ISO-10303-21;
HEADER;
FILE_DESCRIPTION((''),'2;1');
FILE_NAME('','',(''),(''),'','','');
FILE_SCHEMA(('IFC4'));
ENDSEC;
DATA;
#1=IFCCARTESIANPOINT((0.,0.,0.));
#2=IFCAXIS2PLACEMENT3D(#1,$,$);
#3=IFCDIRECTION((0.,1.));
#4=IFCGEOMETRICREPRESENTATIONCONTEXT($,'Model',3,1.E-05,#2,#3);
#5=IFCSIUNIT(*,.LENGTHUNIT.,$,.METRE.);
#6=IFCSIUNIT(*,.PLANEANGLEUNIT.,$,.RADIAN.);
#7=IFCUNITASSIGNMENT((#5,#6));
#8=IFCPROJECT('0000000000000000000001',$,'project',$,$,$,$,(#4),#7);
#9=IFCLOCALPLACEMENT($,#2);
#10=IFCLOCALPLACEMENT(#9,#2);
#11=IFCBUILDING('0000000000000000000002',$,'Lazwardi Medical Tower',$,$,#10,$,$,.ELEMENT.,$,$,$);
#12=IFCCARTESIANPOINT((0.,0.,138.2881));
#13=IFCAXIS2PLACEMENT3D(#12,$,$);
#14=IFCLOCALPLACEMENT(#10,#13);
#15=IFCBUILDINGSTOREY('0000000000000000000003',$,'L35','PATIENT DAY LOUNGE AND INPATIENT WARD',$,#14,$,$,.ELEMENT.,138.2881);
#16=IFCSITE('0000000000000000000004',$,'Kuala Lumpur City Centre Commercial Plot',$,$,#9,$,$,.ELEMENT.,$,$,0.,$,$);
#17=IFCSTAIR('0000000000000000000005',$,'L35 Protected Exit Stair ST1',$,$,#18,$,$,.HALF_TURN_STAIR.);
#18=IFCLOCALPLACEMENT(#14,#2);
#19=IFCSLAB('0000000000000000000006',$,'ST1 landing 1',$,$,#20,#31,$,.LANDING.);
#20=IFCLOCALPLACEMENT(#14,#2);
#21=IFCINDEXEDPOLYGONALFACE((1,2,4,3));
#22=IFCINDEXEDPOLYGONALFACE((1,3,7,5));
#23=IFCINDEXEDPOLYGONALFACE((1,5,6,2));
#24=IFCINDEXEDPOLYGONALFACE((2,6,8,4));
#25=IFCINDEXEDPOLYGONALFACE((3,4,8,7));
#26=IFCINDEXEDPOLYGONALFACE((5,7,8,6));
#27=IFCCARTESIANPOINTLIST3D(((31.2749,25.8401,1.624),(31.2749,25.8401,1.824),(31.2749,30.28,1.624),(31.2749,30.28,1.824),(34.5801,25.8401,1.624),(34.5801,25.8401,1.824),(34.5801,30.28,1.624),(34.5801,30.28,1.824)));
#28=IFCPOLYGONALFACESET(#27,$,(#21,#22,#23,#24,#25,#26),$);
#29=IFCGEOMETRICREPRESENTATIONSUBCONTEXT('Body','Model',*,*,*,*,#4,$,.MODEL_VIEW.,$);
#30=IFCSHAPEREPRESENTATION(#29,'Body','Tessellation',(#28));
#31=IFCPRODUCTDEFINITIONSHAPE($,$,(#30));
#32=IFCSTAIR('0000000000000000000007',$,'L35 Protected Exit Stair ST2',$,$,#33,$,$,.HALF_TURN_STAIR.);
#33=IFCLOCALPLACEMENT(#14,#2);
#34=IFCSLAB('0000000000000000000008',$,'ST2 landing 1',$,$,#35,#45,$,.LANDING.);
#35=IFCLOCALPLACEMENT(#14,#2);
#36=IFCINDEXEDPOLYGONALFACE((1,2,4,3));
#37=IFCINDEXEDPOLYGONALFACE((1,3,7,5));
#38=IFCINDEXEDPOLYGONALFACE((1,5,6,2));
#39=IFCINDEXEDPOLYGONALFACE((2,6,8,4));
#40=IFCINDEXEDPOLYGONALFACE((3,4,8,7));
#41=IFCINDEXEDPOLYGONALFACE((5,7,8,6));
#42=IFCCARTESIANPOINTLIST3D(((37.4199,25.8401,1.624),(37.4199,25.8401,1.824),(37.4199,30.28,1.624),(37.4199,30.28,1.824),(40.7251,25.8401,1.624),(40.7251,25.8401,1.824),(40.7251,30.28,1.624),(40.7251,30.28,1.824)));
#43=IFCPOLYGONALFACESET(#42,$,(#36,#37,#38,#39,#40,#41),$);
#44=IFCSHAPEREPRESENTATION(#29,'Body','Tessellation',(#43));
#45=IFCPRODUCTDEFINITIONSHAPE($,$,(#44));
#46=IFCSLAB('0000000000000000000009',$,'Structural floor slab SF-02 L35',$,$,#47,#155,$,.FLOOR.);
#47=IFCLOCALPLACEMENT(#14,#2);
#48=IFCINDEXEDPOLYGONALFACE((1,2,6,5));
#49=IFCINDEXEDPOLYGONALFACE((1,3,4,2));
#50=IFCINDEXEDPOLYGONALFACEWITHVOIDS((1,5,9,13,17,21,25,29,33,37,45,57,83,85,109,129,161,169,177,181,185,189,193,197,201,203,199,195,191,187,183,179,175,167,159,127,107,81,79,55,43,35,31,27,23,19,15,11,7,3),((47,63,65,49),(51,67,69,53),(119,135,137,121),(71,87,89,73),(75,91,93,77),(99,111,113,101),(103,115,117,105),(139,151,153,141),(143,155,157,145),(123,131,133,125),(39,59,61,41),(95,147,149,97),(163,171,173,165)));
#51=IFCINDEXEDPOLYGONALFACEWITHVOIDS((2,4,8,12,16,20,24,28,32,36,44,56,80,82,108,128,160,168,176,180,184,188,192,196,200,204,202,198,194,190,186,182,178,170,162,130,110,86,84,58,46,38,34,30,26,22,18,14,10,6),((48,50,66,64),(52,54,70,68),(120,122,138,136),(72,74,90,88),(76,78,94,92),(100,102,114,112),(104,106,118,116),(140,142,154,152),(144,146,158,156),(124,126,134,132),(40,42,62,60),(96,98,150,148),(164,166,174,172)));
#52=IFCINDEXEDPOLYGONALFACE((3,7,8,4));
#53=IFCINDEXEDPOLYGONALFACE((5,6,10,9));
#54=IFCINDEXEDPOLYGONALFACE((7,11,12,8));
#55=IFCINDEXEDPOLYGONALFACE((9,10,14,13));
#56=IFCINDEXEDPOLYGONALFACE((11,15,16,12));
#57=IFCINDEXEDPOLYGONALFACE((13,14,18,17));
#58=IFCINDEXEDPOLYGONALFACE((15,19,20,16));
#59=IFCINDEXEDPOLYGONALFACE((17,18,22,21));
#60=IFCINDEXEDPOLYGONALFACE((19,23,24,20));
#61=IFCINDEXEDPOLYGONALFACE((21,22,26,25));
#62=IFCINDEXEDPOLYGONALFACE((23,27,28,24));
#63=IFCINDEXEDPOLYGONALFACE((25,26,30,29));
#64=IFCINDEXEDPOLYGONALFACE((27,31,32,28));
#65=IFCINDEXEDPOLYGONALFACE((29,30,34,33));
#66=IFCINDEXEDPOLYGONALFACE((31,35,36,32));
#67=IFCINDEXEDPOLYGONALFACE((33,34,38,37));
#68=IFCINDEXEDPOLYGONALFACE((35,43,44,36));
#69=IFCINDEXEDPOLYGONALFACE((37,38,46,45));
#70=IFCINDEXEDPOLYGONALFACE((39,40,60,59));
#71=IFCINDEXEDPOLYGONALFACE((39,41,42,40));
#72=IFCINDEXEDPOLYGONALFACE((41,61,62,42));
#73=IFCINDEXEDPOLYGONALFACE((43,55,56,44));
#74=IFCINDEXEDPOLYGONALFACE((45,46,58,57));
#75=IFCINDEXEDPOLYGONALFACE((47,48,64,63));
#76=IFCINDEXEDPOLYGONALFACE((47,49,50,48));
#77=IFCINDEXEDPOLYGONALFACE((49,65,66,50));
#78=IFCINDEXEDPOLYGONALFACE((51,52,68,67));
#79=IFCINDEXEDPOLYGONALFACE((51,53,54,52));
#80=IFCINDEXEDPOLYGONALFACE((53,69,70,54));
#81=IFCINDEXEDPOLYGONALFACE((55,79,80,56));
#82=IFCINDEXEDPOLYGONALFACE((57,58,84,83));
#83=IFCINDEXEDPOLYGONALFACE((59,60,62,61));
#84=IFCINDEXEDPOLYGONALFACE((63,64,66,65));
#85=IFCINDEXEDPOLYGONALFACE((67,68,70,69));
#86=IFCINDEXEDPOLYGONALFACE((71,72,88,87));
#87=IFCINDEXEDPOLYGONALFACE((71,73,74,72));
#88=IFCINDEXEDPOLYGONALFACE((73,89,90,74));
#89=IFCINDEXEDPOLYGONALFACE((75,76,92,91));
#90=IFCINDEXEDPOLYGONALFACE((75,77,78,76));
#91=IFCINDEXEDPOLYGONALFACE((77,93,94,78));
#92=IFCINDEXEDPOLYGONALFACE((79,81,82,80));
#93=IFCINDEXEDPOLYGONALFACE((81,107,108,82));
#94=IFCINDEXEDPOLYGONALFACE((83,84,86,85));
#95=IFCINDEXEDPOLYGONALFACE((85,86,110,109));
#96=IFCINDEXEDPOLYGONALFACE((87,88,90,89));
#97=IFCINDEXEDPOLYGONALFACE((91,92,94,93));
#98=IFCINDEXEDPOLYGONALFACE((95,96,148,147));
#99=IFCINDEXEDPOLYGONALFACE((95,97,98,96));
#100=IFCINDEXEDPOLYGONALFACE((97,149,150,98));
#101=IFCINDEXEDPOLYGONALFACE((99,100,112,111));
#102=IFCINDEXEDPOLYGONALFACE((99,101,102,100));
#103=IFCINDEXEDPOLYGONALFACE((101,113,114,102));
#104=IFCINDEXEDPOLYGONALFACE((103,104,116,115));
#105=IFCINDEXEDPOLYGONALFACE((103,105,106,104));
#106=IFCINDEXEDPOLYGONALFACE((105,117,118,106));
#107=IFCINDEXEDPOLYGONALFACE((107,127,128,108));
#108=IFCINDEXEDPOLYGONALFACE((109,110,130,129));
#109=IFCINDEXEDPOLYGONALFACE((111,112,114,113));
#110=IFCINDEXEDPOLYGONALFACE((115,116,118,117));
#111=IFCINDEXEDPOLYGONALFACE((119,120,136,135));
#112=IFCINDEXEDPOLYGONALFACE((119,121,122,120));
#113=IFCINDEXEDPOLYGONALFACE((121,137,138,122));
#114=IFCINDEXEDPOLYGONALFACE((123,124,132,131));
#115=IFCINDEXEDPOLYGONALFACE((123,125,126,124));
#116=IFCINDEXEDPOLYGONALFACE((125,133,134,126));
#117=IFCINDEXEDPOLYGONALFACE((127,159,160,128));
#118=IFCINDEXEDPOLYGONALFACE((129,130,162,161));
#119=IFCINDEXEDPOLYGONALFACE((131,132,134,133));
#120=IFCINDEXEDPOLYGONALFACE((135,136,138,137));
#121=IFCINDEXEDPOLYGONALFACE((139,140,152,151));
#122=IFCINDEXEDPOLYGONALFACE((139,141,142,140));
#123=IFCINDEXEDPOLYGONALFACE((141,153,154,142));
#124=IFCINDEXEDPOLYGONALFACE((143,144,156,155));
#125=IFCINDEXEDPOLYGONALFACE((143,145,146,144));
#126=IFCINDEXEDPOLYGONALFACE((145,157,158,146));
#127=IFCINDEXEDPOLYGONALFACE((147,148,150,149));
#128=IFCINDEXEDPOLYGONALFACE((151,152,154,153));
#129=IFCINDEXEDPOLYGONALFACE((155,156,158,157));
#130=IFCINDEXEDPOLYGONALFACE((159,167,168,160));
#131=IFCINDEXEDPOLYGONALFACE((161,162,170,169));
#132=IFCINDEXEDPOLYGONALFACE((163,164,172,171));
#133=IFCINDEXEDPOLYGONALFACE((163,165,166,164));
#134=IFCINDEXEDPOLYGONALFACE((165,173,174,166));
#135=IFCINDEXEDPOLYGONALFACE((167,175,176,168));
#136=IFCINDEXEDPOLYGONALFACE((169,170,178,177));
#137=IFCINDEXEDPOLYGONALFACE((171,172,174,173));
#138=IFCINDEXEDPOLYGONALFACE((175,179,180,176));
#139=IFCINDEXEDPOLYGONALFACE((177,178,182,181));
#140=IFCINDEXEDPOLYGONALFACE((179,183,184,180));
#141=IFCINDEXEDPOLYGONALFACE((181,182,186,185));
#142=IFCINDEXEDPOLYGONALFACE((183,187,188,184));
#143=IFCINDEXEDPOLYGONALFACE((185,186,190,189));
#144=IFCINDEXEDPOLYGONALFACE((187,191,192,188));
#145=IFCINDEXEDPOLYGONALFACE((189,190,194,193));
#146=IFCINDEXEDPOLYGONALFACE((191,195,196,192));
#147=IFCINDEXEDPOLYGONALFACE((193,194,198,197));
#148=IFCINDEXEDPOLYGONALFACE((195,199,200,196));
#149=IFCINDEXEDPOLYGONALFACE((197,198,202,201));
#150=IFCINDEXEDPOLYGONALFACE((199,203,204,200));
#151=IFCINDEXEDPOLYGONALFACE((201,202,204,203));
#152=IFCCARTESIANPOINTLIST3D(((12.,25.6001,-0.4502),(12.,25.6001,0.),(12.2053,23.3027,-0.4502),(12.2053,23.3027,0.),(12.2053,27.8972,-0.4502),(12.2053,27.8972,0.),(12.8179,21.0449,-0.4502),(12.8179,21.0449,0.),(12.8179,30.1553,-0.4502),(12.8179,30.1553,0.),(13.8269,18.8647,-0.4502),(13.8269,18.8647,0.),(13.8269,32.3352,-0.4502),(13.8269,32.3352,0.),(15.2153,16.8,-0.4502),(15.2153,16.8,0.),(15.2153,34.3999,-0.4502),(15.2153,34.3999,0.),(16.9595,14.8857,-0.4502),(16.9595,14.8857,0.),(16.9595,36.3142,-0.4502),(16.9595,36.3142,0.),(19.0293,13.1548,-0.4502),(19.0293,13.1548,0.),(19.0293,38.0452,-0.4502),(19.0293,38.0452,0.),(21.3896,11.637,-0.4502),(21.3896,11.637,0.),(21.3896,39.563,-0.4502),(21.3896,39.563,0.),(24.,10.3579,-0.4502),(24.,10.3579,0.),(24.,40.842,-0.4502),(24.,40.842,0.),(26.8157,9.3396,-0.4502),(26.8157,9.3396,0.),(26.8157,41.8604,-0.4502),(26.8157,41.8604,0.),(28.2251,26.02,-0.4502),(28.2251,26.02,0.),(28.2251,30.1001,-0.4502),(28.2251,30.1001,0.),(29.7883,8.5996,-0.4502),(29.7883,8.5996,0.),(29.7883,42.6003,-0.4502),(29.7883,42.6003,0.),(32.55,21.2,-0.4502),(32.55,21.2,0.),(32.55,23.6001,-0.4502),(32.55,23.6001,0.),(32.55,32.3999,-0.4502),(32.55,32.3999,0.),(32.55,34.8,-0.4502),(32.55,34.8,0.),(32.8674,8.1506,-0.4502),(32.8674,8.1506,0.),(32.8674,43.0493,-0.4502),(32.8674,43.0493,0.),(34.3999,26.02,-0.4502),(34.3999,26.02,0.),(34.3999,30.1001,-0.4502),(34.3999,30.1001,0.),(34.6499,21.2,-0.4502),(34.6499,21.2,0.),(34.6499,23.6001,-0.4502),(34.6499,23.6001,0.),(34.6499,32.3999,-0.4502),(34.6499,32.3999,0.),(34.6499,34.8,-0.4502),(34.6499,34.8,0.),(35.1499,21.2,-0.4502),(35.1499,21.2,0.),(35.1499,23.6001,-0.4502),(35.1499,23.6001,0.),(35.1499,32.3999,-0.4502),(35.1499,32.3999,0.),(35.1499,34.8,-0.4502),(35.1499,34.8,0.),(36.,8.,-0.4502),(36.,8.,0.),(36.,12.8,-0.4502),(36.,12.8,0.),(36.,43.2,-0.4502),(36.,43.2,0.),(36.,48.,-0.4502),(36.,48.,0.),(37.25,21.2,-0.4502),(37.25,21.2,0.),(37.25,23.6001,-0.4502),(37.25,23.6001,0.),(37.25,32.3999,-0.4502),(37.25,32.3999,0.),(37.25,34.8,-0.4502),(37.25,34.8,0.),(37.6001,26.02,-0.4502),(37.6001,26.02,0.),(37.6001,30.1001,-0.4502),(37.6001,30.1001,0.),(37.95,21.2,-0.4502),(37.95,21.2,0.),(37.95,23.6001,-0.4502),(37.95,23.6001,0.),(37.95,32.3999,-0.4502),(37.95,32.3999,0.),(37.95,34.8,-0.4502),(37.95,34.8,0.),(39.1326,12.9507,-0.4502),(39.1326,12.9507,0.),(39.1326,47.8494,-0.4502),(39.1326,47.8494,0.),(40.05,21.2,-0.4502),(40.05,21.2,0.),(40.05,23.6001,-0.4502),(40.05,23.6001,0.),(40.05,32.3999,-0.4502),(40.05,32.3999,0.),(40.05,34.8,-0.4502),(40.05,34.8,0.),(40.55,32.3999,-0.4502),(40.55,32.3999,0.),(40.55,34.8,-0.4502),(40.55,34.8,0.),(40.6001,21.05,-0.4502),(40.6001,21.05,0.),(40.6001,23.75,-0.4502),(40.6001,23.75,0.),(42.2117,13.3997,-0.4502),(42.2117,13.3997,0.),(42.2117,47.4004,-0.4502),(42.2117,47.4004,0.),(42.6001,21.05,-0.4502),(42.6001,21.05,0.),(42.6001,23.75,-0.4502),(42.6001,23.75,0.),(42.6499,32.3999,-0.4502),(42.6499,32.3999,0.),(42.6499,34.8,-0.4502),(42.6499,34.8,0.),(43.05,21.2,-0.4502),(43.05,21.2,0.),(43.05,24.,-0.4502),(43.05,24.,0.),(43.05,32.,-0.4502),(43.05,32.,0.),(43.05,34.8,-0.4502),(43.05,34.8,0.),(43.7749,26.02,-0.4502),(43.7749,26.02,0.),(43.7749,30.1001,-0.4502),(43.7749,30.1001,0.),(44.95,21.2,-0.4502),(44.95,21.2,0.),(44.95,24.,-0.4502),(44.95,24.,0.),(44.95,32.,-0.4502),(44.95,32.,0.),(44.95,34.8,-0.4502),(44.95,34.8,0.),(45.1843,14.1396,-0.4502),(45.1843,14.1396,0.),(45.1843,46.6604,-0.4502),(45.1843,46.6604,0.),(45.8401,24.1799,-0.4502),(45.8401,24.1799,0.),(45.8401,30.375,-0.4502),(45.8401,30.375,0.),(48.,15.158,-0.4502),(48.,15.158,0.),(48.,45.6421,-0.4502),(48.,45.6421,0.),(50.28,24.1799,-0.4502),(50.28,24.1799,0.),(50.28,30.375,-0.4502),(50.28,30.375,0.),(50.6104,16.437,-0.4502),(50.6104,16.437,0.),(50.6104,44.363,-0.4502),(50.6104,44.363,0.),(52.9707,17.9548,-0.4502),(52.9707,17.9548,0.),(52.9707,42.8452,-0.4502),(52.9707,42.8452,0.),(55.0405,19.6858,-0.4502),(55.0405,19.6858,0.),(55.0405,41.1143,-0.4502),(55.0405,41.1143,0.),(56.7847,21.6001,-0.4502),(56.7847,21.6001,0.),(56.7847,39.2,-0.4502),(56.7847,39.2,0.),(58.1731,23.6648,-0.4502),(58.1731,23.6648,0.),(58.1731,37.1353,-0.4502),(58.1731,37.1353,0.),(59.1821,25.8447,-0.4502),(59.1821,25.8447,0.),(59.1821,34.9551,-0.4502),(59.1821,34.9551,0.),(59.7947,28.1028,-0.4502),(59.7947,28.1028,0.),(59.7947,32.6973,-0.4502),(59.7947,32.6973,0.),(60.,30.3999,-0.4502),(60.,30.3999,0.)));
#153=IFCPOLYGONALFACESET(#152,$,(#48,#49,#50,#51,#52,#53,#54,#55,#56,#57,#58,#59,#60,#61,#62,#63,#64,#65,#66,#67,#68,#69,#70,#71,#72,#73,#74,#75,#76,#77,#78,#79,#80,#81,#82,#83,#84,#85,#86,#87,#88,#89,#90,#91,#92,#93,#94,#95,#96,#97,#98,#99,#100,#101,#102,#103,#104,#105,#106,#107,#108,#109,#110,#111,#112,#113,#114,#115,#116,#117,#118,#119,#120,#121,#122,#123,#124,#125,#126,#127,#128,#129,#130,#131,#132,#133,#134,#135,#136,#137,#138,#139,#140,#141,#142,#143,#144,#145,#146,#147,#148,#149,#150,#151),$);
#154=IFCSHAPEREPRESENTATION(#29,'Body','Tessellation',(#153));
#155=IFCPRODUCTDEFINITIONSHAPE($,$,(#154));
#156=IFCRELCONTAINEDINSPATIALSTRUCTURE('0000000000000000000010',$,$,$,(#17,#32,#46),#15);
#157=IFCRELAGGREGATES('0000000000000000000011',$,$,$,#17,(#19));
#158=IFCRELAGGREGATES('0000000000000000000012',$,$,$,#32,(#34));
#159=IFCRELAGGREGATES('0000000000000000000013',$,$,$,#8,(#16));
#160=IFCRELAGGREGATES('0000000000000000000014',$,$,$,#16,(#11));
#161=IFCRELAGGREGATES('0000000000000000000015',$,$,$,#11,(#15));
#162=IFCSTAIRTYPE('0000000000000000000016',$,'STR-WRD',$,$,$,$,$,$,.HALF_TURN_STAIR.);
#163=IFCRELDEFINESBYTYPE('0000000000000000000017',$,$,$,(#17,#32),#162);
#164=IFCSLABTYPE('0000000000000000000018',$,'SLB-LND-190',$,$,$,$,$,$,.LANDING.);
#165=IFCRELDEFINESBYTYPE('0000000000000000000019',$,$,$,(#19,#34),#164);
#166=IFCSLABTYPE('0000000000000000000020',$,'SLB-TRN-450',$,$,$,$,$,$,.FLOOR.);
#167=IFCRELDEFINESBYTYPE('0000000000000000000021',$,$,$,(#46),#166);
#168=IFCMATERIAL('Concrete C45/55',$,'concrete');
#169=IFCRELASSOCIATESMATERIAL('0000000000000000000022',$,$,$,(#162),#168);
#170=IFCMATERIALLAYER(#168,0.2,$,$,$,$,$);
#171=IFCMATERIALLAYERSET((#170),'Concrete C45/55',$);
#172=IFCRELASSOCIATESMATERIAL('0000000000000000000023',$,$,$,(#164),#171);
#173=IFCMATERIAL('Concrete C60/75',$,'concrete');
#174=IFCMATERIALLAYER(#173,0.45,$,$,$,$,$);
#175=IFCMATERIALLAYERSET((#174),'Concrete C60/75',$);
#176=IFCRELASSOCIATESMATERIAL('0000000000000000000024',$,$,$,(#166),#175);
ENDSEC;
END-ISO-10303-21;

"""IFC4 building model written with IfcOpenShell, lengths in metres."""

from ifc_helpers import new_model, si_unit, direction, frame, origin, place, context, subcontext, project, spatial, polyline, outline, extrude, material, layer, layer_set, type_object, element, aggregate, save


model = new_model("IFC4")

# Units and contexts
model_context = context("Model", 3, precision=1e-05, world=origin(), true_north=direction((0.0, 1.0)))
body_context = subcontext(model_context, "Body", "Model", "MODEL_VIEW")
ifc_project = project(units=[si_unit("LENGTHUNIT", "METRE"), si_unit("PLANEANGLEUNIT", "RADIAN")], contexts=[model_context])

# Site, building, storey
site_placement = place(None, origin())
site = spatial("IfcSite", under=ifc_project, at=site_placement, Name="Kuala Lumpur City Centre Commercial Plot", CompositionType="ELEMENT", RefElevation=0.0)
building_placement = place(site_placement, origin())
building = spatial("IfcBuilding", under=site, at=building_placement, Name="Lazwardi Medical Tower", CompositionType="ELEMENT")
storey_placement = place(building_placement, frame((0.0, 0.0, 138.2881)))
storey = spatial("IfcBuildingStorey", under=building, at=storey_placement, Name="L35", Description="PATIENT DAY LOUNGE AND INPATIENT WARD", CompositionType="ELEMENT", Elevation=138.2881)

# Stairs, slabs
ifc_material_1 = material(Name="Concrete C45/55", Category="concrete")
stair_type = type_object("IfcStairType", Name="STR-WRD", PredefinedType="HALF_TURN_STAIR", material=ifc_material_1)
stair_1_placement = place(storey_placement, origin())
stair_1 = element("IfcStair", 1, at=stair_1_placement, inside=storey, type_object=stair_type, Name="L35 Protected Exit Stair ST1", PredefinedType="HALF_TURN_STAIR")
ifc_layer_1 = layer(ifc_material_1, 0.2)
ifc_layer_set_1 = layer_set([ifc_layer_1], Name="Concrete C45/55")
slab_type_1 = type_object("IfcSlabType", Name="SLB-LND-190", PredefinedType="LANDING", material=ifc_layer_set_1)
slab_1_placement = place(storey_placement, frame((0.0, 0.0, 1.624)))
slab_1 = element("IfcSlab", 2, at=slab_1_placement, type_object=slab_type_1, Name="ST1 landing 1", PredefinedType="LANDING", context=body_context, shape_type="SweptSolid", body=[
    extrude(outline(polyline([(31.2749, 25.8401), (34.5801, 25.8401), (34.5801, 30.28), (31.2749, 30.28), (31.2749, 25.8401)])), origin(), (0.0, 0.0, 1.0), 0.2),
])
aggregate(stair_1, [slab_1])
stair_2_placement = place(storey_placement, origin())
stair_2 = element("IfcStair", 3, at=stair_2_placement, inside=storey, type_object=stair_type, Name="L35 Protected Exit Stair ST2", PredefinedType="HALF_TURN_STAIR")
slab_2_placement = place(storey_placement, frame((0.0, 0.0, 1.624)))
slab_2 = element("IfcSlab", 4, at=slab_2_placement, type_object=slab_type_1, Name="ST2 landing 1", PredefinedType="LANDING", context=body_context, shape_type="SweptSolid", body=[
    extrude(outline(polyline([(40.7251, 30.28), (37.4199, 30.28), (37.4199, 25.8401), (40.7251, 25.8401), (40.7251, 30.28)])), origin(), (0.0, 0.0, 1.0), 0.2),
])
aggregate(stair_2, [slab_2])

# Slab
ifc_material_2 = material(Name="Concrete C60/75", Category="concrete")
ifc_layer_2 = layer(ifc_material_2, 0.45)
ifc_layer_set_2 = layer_set([ifc_layer_2], Name="Concrete C60/75")
slab_type_2 = type_object("IfcSlabType", Name="SLB-TRN-450", PredefinedType="FLOOR", material=ifc_layer_set_2)
slab_3_placement = place(storey_placement, frame((0.0, 0.0, -0.4502)))
element("IfcSlab", 5, at=slab_3_placement, inside=storey, type_object=slab_type_2, Name="Structural floor slab SF-02 L35", PredefinedType="FLOOR", context=body_context, shape_type="SweptSolid", body=[
    extrude(outline(polyline([(12.2053, 23.3027), (12.8179, 21.0449), (13.8269, 18.8647), (15.2153, 16.8), (16.9595, 14.8857), (19.0293, 13.1548), (21.3896, 11.637), (24.0, 10.3579), (26.8157, 9.3396), (29.7883, 8.5996), (32.8674, 8.1506), (36.0, 8.0), (36.0, 12.8), (39.1326, 12.9507), (42.2117, 13.3997), (45.1843, 14.1396), (48.0, 15.158), (50.6104, 16.437), (52.9707, 17.9548), (55.0405, 19.6858), (56.7847, 21.6001), (58.1731, 23.6648), (59.1821, 25.8447), (59.7947, 28.1028), (60.0, 30.3999), (59.7947, 32.6973), (59.1821, 34.9551), (58.1731, 37.1353), (56.7847, 39.2), (55.0405, 41.1143), (52.9707, 42.8452), (50.6104, 44.363), (48.0, 45.6421), (45.1843, 46.6604), (42.2117, 47.4004), (39.1326, 47.8494), (36.0, 48.0), (36.0, 43.2), (32.8674, 43.0493), (29.7883, 42.6003), (26.8157, 41.8604), (24.0, 40.842), (21.3896, 39.563), (19.0293, 38.0452), (16.9595, 36.3142), (15.2153, 34.3999), (13.8269, 32.3352), (12.8179, 30.1553), (12.2053, 27.8972), (12.0, 25.6001), (12.2053, 23.3027)]), holes=[polyline([(28.2251, 26.02), (28.2251, 30.1001), (34.3999, 30.1001), (34.3999, 26.02), (28.2251, 26.02)]), polyline([(37.6001, 30.1001), (43.7749, 30.1001), (43.7749, 26.02), (37.6001, 26.02), (37.6001, 30.1001)]), polyline([(50.28, 30.375), (50.28, 24.1799), (45.8401, 24.1799), (45.8401, 30.375), (50.28, 30.375)]), polyline([(34.6499, 32.3999), (32.55, 32.3999), (32.55, 34.8), (34.6499, 34.8), (34.6499, 32.3999)]), polyline([(35.1499, 32.3999), (35.1499, 34.8), (37.25, 34.8), (37.25, 32.3999), (35.1499, 32.3999)]), polyline([(32.55, 23.6001), (34.6499, 23.6001), (34.6499, 21.2), (32.55, 21.2), (32.55, 23.6001)]), polyline([(37.25, 23.6001), (37.25, 21.2), (35.1499, 21.2), (35.1499, 23.6001), (37.25, 23.6001)]), polyline([(40.05, 32.3999), (37.95, 32.3999), (37.95, 34.8), (40.05, 34.8), (40.05, 32.3999)]), polyline([(40.55, 32.3999), (40.55, 34.8), (42.6499, 34.8), (42.6499, 32.3999), (40.55, 32.3999)]), polyline([(37.95, 23.6001), (40.05, 23.6001), (40.05, 21.2), (37.95, 21.2), (37.95, 23.6001)]), polyline([(44.95, 34.8), (44.95, 32.0), (43.05, 32.0), (43.05, 34.8), (44.95, 34.8)]), polyline([(44.95, 21.2), (43.05, 21.2), (43.05, 24.0), (44.95, 24.0), (44.95, 21.2)]), polyline([(40.6001, 21.05), (40.6001, 23.75), (42.6001, 23.75), (42.6001, 21.05), (40.6001, 21.05)])]), origin(), (0.0, 0.0, 1.0), 0.4502),
])

save(model, "model.ifc")
